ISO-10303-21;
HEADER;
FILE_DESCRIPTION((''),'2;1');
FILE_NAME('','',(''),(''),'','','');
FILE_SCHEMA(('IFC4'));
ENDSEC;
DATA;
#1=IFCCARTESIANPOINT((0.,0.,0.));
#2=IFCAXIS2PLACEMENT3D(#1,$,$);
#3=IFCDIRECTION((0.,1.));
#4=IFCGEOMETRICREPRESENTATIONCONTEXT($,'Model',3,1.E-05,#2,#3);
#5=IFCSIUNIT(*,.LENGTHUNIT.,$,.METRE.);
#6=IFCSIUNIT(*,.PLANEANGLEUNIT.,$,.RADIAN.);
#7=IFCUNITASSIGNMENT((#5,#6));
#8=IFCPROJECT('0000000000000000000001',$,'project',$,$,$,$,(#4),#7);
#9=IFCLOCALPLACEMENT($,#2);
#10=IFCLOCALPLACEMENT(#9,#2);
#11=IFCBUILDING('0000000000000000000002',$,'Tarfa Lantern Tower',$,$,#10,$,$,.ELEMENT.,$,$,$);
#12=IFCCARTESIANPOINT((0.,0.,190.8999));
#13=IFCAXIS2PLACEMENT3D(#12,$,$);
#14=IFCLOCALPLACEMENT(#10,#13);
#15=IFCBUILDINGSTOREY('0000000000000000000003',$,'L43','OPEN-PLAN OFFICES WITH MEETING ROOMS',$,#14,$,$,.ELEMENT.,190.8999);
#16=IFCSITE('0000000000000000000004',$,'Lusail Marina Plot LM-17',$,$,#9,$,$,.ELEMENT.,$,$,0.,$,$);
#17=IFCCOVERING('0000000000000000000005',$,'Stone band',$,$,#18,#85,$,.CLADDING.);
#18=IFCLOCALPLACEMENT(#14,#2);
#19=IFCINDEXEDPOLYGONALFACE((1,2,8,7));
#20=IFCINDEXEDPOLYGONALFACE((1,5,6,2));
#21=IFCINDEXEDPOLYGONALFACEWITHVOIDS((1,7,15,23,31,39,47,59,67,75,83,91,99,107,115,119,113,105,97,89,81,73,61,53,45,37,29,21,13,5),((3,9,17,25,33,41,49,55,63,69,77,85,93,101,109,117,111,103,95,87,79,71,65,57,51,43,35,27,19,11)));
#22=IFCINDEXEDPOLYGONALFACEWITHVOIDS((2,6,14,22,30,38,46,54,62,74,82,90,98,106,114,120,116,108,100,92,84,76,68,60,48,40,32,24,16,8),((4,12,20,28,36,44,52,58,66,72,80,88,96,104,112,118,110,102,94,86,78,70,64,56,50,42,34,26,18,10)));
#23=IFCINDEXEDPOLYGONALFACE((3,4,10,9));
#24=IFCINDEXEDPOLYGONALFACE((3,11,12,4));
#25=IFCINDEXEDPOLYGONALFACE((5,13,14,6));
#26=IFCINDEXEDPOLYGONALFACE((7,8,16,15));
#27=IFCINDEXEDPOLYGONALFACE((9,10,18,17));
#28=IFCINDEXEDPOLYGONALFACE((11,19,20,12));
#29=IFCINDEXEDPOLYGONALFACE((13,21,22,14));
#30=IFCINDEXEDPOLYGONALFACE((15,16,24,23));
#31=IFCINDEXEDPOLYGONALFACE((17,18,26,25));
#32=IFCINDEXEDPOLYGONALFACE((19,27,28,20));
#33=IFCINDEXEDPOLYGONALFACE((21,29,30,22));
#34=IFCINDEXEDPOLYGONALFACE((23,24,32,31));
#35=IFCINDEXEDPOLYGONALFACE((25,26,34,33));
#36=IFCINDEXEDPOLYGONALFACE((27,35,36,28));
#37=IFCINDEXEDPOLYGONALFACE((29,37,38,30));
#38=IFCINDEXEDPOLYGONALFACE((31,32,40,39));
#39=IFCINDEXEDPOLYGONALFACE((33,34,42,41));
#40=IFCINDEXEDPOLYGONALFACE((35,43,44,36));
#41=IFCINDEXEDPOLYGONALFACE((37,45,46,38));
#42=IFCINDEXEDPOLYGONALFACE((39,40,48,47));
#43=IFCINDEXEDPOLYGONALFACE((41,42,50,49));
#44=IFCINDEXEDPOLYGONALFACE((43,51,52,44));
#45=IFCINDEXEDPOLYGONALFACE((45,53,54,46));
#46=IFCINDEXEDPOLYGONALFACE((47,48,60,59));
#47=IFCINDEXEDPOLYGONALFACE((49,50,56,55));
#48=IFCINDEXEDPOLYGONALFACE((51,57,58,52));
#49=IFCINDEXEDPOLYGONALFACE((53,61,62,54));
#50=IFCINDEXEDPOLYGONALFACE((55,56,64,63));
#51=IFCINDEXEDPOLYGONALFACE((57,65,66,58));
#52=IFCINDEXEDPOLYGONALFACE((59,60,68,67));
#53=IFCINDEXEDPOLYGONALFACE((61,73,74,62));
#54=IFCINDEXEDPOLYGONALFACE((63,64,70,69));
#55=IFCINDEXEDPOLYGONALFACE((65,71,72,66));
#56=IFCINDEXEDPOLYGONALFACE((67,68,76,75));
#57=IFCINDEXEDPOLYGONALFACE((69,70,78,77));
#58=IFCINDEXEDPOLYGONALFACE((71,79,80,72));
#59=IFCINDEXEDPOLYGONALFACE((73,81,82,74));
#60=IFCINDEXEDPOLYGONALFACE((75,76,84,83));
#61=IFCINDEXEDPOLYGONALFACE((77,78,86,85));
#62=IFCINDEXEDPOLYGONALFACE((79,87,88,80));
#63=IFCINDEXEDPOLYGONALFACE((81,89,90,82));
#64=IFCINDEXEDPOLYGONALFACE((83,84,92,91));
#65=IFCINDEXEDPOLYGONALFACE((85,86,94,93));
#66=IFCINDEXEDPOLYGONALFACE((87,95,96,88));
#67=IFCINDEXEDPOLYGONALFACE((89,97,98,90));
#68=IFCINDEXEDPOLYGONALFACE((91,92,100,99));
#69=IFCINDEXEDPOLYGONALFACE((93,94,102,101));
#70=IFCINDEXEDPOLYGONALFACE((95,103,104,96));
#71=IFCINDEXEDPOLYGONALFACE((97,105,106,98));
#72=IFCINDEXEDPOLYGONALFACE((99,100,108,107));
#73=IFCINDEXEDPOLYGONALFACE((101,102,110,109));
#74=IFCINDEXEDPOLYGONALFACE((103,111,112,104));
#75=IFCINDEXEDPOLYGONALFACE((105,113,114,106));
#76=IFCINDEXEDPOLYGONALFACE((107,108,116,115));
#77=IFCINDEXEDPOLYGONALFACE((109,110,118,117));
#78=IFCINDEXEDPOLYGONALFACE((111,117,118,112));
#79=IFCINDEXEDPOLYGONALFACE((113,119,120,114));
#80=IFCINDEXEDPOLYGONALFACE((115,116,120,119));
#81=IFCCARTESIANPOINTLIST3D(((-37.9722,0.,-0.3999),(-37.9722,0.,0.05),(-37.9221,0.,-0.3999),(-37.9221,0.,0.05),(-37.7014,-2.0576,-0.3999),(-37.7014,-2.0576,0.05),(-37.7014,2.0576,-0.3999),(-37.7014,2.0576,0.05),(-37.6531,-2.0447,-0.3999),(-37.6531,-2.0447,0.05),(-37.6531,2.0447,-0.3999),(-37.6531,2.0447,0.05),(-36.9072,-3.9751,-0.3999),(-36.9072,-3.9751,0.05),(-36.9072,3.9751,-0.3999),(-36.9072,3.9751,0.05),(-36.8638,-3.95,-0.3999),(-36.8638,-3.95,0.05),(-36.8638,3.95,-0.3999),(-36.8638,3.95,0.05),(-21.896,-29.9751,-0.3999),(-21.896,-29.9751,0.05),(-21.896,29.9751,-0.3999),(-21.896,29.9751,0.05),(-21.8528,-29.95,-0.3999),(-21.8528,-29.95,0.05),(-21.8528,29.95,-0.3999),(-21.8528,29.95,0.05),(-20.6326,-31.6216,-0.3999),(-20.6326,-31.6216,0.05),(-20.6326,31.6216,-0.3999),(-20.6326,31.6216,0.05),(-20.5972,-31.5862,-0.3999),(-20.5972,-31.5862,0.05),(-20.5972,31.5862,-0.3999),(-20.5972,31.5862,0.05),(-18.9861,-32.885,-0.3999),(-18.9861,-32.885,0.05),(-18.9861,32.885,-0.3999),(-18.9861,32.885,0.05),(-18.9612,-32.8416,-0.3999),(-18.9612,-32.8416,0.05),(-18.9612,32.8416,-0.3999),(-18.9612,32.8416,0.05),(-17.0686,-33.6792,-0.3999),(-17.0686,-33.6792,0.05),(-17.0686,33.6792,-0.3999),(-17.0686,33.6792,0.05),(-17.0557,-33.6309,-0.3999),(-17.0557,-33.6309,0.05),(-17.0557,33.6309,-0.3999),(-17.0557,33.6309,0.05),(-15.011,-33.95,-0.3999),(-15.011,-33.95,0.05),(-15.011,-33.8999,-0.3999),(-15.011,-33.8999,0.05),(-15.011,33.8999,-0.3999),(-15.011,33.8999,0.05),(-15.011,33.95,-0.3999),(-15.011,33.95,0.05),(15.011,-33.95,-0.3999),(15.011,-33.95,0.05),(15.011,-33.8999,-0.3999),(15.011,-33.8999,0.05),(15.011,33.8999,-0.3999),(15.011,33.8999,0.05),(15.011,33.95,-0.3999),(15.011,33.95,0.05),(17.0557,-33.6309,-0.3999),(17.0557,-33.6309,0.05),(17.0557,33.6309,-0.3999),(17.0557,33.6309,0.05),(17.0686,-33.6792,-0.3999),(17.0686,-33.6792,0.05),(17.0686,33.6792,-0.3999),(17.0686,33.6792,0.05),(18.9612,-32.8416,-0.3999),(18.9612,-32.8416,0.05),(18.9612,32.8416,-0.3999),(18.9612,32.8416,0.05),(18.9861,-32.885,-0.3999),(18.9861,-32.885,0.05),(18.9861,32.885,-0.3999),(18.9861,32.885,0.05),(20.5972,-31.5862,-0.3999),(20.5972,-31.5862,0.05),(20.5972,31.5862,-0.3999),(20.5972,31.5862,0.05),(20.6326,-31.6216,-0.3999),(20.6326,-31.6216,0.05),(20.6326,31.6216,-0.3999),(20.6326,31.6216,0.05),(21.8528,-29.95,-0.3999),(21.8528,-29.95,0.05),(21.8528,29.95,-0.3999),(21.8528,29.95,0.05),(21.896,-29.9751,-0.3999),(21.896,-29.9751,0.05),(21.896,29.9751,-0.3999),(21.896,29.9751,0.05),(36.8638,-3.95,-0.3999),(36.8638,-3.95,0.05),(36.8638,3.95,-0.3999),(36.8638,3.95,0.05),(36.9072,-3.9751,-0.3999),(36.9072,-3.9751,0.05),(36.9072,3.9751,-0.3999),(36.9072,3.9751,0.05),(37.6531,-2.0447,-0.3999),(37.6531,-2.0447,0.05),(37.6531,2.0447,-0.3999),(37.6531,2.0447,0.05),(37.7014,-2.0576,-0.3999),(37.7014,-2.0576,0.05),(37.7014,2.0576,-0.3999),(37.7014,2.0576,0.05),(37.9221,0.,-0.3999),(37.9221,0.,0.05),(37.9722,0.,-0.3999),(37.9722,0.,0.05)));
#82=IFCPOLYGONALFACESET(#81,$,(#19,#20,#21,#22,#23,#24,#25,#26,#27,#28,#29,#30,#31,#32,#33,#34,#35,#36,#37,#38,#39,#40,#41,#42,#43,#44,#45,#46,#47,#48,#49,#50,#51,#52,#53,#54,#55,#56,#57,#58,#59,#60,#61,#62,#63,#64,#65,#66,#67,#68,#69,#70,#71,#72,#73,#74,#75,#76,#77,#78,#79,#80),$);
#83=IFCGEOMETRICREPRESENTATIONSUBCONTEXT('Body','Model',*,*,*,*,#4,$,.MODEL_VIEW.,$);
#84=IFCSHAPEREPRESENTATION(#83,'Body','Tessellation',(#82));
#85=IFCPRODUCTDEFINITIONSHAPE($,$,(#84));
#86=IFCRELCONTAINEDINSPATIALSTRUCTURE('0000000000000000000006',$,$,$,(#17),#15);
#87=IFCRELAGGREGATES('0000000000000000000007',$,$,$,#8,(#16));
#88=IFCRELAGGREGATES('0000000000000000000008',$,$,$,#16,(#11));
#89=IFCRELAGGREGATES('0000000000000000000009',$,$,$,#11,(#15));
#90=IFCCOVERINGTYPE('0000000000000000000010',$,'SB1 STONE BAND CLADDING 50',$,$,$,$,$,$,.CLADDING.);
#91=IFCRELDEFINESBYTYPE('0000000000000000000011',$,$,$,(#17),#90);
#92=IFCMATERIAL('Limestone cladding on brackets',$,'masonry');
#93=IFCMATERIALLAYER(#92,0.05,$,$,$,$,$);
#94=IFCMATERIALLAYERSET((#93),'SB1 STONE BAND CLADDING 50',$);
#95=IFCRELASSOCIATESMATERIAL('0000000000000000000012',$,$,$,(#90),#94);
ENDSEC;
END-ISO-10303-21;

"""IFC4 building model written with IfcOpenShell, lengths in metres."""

from ifc_helpers import new_model, si_unit, direction, frame, origin, place, context, subcontext, project, spatial, polyline, outline, extrude, material, layer, layer_set, type_object, element, save


model = new_model("IFC4")

# Units and contexts
model_context = context("Model", 3, precision=1e-05, world=origin(), true_north=direction((0.0, 1.0)))
body_context = subcontext(model_context, "Body", "Model", "MODEL_VIEW")
ifc_project = project(units=[si_unit("LENGTHUNIT", "METRE"), si_unit("PLANEANGLEUNIT", "RADIAN")], contexts=[model_context])

# Site, building, storey
site_placement = place(None, origin())
site = spatial("IfcSite", under=ifc_project, at=site_placement, Name="Lusail Marina Plot LM-17", CompositionType="ELEMENT", RefElevation=0.0)
building_placement = place(site_placement, origin())
building = spatial("IfcBuilding", under=site, at=building_placement, Name="Tarfa Lantern Tower", CompositionType="ELEMENT")
storey_placement = place(building_placement, frame((0.0, 0.0, 190.8999)))
storey = spatial("IfcBuildingStorey", under=building, at=storey_placement, Name="L43", Description="OPEN-PLAN OFFICES WITH MEETING ROOMS", CompositionType="ELEMENT", Elevation=190.8999)

# Covering
ifc_material_1 = material(Name="Limestone cladding on brackets", Category="masonry")
ifc_layer_1 = layer(ifc_material_1, 0.05)
ifc_layer_set_1 = layer_set([ifc_layer_1], Name="SB1 STONE BAND CLADDING 50")
covering_type_1 = type_object("IfcCoveringType", Name="SB1 STONE BAND CLADDING 50", PredefinedType="CLADDING", material=ifc_layer_set_1)
covering_1_placement = place(storey_placement, frame((0.0, 0.0, -0.3999)))
element("IfcCovering", 1, at=covering_1_placement, inside=storey, type_object=covering_type_1, Name="Stone band", PredefinedType="CLADDING", context=body_context, shape_type="SweptSolid", body=[
    extrude(outline(polyline([(36.9072, 3.9751), (21.896, 29.9751), (20.6326, 31.6216), (18.9861, 32.885), (17.0686, 33.6792), (15.011, 33.95), (-15.011, 33.95), (-17.0686, 33.6792), (-18.9861, 32.885), (-20.6326, 31.6216), (-21.896, 29.9751), (-36.9072, 3.9751), (-37.7014, 2.0576), (-37.9722, 0.0), (-37.7014, -2.0576), (-36.9072, -3.9751), (-21.896, -29.9751), (-20.6326, -31.6216), (-18.9861, -32.885), (-17.0686, -33.6792), (-15.011, -33.95), (15.011, -33.95), (17.0686, -33.6792), (18.9861, -32.885), (20.6326, -31.6216), (21.896, -29.9751), (36.9072, -3.9751), (37.7014, -2.0576), (37.9722, 0.0), (37.7014, 2.0576), (36.9072, 3.9751)]), holes=[polyline([(36.8638, 3.95), (21.8528, 29.95), (20.5972, 31.5862), (18.9612, 32.8416), (17.0557, 33.6309), (15.011, 33.8999), (-15.011, 33.8999), (-17.0557, 33.6309), (-18.9612, 32.8416), (-20.5972, 31.5862), (-21.8528, 29.95), (-36.8638, 3.95), (-37.6531, 2.0447), (-37.9221, 0.0), (-37.6531, -2.0447), (-36.8638, -3.95), (-21.8528, -29.95), (-20.5972, -31.5862), (-18.9612, -32.8416), (-17.0557, -33.6309), (-15.011, -33.8999), (15.011, -33.8999), (17.0557, -33.6309), (18.9612, -32.8416), (20.5972, -31.5862), (21.8528, -29.95), (36.8638, -3.95), (37.6531, -2.0447), (37.9221, 0.0), (37.6531, 2.0447), (36.8638, 3.95)])]), origin(), (0.0, 0.0, 1.0), 0.45),
])

save(model, "model.ifc")
